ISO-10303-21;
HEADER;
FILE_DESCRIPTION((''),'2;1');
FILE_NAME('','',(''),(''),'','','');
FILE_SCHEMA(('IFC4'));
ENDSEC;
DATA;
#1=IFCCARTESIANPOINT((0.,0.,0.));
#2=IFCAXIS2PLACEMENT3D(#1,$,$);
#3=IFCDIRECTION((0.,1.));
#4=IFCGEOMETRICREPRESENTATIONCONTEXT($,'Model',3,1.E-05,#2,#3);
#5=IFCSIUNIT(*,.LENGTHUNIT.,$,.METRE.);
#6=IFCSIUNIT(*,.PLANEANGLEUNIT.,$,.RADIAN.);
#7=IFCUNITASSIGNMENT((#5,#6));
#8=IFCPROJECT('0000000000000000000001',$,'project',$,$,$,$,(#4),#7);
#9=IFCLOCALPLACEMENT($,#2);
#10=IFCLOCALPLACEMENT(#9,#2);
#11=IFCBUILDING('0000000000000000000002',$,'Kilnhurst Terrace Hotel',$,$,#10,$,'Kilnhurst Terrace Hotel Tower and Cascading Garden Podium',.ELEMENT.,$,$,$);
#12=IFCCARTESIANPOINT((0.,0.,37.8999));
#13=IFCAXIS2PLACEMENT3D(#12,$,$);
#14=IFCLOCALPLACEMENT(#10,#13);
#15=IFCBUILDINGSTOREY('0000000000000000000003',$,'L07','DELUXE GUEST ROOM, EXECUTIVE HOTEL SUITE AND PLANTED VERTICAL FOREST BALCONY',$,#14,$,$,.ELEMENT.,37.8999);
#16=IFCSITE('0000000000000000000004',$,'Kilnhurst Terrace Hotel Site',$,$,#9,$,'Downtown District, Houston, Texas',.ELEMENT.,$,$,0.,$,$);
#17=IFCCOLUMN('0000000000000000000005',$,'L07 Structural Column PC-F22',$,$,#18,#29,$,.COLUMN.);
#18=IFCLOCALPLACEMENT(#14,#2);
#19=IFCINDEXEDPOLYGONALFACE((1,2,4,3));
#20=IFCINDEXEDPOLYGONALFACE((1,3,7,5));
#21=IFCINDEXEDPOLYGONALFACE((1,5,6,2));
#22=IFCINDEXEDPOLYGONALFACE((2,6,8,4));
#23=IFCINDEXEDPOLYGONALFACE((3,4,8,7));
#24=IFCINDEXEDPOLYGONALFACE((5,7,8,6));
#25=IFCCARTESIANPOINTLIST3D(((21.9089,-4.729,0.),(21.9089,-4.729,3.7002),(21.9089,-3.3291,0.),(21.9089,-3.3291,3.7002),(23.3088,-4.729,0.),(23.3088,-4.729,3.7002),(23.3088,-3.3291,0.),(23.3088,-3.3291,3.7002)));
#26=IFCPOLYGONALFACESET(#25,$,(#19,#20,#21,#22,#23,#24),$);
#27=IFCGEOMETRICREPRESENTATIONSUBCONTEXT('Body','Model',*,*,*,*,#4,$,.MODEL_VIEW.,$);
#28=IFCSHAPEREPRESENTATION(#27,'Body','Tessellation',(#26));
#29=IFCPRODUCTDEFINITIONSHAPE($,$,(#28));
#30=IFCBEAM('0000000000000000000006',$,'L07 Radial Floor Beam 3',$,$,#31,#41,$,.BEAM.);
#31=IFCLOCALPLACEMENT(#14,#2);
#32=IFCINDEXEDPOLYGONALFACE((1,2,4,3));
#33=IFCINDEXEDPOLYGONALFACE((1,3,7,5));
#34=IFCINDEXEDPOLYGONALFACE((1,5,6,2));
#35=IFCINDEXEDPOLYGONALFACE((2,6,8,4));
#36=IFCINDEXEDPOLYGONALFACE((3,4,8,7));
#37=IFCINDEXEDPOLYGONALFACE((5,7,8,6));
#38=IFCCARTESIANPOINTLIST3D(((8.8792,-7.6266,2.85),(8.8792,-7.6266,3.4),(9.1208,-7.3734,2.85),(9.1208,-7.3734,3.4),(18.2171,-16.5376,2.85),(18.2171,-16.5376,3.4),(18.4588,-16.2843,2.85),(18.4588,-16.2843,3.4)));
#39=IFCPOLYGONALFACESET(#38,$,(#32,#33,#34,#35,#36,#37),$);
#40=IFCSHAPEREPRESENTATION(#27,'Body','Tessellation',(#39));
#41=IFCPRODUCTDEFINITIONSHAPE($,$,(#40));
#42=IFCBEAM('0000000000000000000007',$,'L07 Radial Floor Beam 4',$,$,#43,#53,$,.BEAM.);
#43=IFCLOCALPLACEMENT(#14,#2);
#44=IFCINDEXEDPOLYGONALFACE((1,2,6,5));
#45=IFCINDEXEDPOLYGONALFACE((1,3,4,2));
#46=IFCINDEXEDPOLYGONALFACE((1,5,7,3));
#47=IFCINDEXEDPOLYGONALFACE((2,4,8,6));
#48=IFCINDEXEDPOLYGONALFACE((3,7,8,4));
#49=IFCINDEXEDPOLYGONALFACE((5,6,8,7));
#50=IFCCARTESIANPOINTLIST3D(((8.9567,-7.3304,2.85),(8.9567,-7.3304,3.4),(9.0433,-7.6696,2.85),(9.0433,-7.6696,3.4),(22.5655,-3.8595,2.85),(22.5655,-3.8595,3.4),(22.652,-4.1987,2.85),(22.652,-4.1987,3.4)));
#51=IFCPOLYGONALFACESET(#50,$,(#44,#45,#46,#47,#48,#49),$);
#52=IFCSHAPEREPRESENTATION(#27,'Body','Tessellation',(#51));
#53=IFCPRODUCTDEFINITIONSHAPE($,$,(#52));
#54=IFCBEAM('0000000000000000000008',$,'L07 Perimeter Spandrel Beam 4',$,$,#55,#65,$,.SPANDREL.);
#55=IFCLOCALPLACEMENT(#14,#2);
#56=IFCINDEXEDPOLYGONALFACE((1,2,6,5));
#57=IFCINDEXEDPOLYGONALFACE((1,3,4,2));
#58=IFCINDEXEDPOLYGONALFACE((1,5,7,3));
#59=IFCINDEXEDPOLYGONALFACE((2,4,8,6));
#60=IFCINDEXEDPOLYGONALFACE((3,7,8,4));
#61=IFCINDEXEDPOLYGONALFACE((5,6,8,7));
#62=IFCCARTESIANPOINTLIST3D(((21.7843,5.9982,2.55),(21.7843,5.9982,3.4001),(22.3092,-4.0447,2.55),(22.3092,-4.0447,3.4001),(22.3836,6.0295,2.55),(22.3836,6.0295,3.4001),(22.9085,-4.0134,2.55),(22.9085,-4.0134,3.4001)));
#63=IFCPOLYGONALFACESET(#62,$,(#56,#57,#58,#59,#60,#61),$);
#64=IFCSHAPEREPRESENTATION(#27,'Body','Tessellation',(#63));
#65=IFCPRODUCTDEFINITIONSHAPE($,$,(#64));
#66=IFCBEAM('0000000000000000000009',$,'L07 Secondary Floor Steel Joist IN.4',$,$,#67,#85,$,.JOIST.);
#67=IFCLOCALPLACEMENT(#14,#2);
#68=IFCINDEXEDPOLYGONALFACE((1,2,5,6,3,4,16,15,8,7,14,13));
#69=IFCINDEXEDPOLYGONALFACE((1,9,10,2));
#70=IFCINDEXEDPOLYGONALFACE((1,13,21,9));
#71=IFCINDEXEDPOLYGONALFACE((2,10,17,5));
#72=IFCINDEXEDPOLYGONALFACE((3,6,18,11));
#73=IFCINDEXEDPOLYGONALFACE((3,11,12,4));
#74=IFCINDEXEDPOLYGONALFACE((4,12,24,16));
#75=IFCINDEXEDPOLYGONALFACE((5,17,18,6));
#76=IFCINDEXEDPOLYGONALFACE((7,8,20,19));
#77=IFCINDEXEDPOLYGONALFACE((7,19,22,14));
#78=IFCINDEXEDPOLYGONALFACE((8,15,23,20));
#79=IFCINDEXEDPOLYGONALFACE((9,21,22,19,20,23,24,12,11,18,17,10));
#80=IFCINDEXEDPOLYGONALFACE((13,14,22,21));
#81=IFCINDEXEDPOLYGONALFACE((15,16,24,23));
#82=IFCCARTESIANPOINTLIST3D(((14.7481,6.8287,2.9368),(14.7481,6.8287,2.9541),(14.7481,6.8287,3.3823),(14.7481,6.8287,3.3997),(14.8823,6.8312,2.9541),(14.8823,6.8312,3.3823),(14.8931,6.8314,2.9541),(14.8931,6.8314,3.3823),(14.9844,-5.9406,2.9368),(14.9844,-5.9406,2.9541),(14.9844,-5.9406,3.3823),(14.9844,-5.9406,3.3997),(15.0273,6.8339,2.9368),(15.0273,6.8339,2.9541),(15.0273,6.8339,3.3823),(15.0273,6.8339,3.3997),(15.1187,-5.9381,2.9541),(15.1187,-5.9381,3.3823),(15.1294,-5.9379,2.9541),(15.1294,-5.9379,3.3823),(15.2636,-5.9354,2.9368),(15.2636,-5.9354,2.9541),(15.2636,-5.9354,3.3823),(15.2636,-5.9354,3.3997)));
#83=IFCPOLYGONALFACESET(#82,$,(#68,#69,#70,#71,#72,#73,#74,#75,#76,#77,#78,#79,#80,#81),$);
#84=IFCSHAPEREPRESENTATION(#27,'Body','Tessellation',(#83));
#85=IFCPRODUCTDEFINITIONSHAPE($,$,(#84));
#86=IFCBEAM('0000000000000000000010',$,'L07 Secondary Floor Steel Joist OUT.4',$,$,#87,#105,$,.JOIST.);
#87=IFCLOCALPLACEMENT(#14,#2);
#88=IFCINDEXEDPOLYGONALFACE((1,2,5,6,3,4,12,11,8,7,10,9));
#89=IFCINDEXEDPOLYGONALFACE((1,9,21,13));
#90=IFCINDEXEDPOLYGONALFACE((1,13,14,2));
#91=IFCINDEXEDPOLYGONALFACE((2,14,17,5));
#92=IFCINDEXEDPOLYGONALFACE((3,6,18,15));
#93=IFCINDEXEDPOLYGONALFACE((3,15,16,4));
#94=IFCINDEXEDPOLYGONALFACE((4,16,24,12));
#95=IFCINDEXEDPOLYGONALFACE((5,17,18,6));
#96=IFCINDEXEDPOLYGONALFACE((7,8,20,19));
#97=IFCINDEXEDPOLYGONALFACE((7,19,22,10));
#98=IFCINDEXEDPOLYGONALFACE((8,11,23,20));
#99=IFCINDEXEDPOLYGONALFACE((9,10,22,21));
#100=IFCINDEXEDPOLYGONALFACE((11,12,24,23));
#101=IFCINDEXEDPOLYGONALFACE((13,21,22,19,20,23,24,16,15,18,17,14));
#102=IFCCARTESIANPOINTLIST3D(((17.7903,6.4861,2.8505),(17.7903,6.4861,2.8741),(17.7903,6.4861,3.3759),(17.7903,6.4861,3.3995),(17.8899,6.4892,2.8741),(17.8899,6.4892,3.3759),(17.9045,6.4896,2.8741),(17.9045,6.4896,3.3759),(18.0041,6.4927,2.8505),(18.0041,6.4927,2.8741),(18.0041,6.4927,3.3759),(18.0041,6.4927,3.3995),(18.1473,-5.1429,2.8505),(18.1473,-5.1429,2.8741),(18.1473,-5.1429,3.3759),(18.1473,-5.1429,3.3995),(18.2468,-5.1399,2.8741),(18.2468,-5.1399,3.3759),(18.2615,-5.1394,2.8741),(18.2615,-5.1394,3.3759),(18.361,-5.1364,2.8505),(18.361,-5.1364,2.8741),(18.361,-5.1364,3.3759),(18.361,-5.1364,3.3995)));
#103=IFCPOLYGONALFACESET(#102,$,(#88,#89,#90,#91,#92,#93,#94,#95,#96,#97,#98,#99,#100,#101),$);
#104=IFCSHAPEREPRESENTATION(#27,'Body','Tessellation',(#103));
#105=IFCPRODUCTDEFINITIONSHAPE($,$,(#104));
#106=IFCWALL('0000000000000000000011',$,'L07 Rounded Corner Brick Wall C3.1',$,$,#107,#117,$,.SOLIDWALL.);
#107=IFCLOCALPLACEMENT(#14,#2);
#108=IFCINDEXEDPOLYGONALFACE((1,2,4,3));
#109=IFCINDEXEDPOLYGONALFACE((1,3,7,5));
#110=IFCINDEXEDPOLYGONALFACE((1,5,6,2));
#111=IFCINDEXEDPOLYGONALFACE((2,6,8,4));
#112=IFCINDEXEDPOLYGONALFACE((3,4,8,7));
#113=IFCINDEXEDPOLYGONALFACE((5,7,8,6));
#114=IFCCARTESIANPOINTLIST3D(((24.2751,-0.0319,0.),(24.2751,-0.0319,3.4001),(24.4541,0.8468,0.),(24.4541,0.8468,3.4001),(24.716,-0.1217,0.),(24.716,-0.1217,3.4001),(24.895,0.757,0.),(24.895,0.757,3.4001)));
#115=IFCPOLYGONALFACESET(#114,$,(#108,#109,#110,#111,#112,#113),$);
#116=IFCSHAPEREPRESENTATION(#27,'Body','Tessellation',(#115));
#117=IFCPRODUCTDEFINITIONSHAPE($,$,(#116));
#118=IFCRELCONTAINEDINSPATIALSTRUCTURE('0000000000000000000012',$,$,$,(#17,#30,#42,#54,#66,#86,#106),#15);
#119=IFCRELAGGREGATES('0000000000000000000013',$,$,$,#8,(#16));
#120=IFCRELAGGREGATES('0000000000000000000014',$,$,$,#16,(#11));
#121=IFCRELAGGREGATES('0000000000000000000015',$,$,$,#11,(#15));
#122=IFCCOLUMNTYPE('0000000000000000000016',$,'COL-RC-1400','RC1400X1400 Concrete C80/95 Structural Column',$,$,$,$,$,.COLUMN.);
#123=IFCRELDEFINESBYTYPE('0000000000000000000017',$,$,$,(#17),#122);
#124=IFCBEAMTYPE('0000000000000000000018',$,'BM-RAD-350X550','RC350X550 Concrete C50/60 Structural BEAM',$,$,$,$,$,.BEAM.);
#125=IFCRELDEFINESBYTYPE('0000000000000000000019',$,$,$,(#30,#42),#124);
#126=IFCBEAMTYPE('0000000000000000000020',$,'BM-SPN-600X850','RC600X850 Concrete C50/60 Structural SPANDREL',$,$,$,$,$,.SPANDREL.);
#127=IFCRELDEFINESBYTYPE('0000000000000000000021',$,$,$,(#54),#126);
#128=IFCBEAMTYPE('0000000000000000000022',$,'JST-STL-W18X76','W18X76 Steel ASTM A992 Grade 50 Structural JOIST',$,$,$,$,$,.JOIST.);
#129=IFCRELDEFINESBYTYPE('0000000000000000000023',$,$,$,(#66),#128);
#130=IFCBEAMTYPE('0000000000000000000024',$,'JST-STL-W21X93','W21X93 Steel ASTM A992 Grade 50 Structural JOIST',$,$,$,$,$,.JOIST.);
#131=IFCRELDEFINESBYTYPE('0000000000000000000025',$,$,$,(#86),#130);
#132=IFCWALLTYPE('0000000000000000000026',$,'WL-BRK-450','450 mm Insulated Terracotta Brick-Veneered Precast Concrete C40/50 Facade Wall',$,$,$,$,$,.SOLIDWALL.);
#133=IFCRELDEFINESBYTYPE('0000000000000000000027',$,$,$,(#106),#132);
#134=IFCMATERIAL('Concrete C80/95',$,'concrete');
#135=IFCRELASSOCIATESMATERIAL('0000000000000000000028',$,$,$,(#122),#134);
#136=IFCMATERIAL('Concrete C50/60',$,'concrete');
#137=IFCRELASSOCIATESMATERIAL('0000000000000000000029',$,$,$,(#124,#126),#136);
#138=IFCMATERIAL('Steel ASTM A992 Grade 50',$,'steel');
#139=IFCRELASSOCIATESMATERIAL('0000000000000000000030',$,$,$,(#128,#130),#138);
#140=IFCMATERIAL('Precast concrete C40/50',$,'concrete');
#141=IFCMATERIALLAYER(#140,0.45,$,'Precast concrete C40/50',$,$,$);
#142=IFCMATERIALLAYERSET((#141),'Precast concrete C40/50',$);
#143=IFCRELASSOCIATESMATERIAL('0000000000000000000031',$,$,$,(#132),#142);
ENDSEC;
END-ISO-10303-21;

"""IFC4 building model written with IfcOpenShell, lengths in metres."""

from ifc_helpers import new_model, si_unit, direction, frame, frame_2d, origin, origin_2d, place, context, subcontext, project, spatial, rectangle, i_section, extrude, material, layer, layer_set, material_profile, profile_set, type_object, element, save


model = new_model("IFC4")

# Units and contexts
model_context = context("Model", 3, precision=1e-05, world=origin(), true_north=direction((0.0, 1.0)))
body_context = subcontext(model_context, "Body", "Model", "MODEL_VIEW")
ifc_project = project(units=[si_unit("LENGTHUNIT", "METRE"), si_unit("PLANEANGLEUNIT", "RADIAN")], contexts=[model_context])

# Site, building, storey
site_placement = place(None, origin())
site = spatial("IfcSite", under=ifc_project, at=site_placement, Name="Kilnhurst Terrace Hotel Site", LongName="Downtown District, Houston, Texas", CompositionType="ELEMENT", RefElevation=0.0)
building_placement = place(site_placement, origin())
building = spatial("IfcBuilding", under=site, at=building_placement, Name="Kilnhurst Terrace Hotel", LongName="Kilnhurst Terrace Hotel Tower and Cascading Garden Podium", CompositionType="ELEMENT")
storey_placement = place(building_placement, frame((0.0, 0.0, 37.8999)))
storey = spatial("IfcBuildingStorey", under=building, at=storey_placement, Name="L07", Description="DELUXE GUEST ROOM, EXECUTIVE HOTEL SUITE AND PLANTED VERTICAL FOREST BALCONY", CompositionType="ELEMENT", Elevation=37.8999)

# Column
ifc_material_1 = material(Name="Concrete C80/95", Category="concrete")
ifc_material_profile_1 = material_profile(ifc_material_1, rectangle(XDim=1.3999, YDim=1.3999, at=origin_2d()), Name="RC1400X1400")
ifc_profile_set_1 = profile_set([ifc_material_profile_1], Name="Concrete C80/95")
column_type = type_object("IfcColumnType", Name="COL-RC-1400", Description="RC1400X1400 Concrete C80/95 Structural Column", PredefinedType="COLUMN", material=ifc_profile_set_1)
column_placement = place(storey_placement, frame((22.6089, -4.0291, 0.0), z_axis=(0.0, 0.0, 1.0), x_axis=(1.0, 0.0, 0.0)))
element("IfcColumn", 1, at=column_placement, inside=storey, type_object=column_type, Name="L07 Structural Column PC-F22", PredefinedType="COLUMN", context=body_context, shape_type="SweptSolid", body=[
    extrude(rectangle(XDim=1.3999, YDim=1.3999, at=origin_2d()), origin(), (0.0, 0.0, 1.0), 3.7002),
])

# Beams
ifc_material_2 = material(Name="Concrete C50/60", Category="concrete")
ifc_material_profile_2 = material_profile(ifc_material_2, rectangle(XDim=0.3501, YDim=0.55, at=origin_2d()), Name="RC350X550")
ifc_profile_set_2 = profile_set([ifc_material_profile_2], Name="Concrete C50/60")
beam_type_1 = type_object("IfcBeamType", Name="BM-RAD-350X550", Description="RC350X550 Concrete C50/60 Structural BEAM", PredefinedType="BEAM", material=ifc_profile_set_2)
beam_1_placement = place(storey_placement, frame((9.0, -7.5, 3.125), z_axis=(0.723454, -0.690372, 0.0), x_axis=(0.690372, 0.723454, 0.0)))
element("IfcBeam", 2, at=beam_1_placement, inside=storey, type_object=beam_type_1, Name="L07 Radial Floor Beam 3", PredefinedType="BEAM", context=body_context, shape_type="SweptSolid", body=[
    extrude(rectangle(XDim=0.3501, YDim=0.55, at=origin_2d()), origin(), (0.0, 0.0, 1.0), 12.9075),
])
beam_2_placement = place(storey_placement, frame((9.0, -7.5, 3.125), z_axis=(0.96898, 0.247138, 0.0), x_axis=(-0.247138, 0.96898, 0.0)))
element("IfcBeam", 3, at=beam_2_placement, inside=storey, type_object=beam_type_1, Name="L07 Radial Floor Beam 4", PredefinedType="BEAM", context=body_context, shape_type="SweptSolid", body=[
    extrude(rectangle(XDim=0.3501, YDim=0.55, at=origin_2d()), origin(), (0.0, 0.0, 1.0), 14.0444),
])
ifc_material_profile_3 = material_profile(ifc_material_2, rectangle(XDim=0.6001, YDim=0.8501, at=origin_2d()), Name="RC600X850")
ifc_profile_set_3 = profile_set([ifc_material_profile_3], Name="Concrete C50/60")
beam_type_2 = type_object("IfcBeamType", Name="BM-SPN-600X850", Description="RC600X850 Concrete C50/60 Structural SPANDREL", PredefinedType="SPANDREL", material=ifc_profile_set_3)
beam_3_placement = place(storey_placement, frame((22.6089, -4.0291, 2.9751), z_axis=(-0.052194, 0.998637, 0.0), x_axis=(-0.998637, -0.052194, 0.0)))
element("IfcBeam", 4, at=beam_3_placement, inside=storey, type_object=beam_type_2, Name="L07 Perimeter Spandrel Beam 4", PredefinedType="SPANDREL", context=body_context, shape_type="SweptSolid", body=[
    extrude(rectangle(XDim=0.6001, YDim=0.8501, at=origin_2d()), origin(), (0.0, 0.0, 1.0), 10.0566),
])
ifc_material_3 = material(Name="Steel ASTM A992 Grade 50", Category="steel")
ifc_material_profile_4 = material_profile(ifc_material_3, i_section(OverallWidth=0.2793, OverallDepth=0.4629, WebThickness=0.0107, FlangeThickness=0.0173, at=origin_2d()), Name="W18X76")
ifc_profile_set_4 = profile_set([ifc_material_profile_4], Name="Steel ASTM A992 Grade 50")
beam_type_3 = type_object("IfcBeamType", Name="JST-STL-W18X76", Description="W18X76 Steel ASTM A992 Grade 50 Structural JOIST", PredefinedType="JOIST", material=ifc_profile_set_4)
beam_4_placement = place(storey_placement, frame((15.124, -5.938, 3.1682), z_axis=(-0.018504, 0.999829, 0.0), x_axis=(-0.999829, -0.018504, 0.0)))
element("IfcBeam", 5, at=beam_4_placement, inside=storey, type_object=beam_type_3, Name="L07 Secondary Floor Steel Joist IN.4", PredefinedType="JOIST", context=body_context, shape_type="SweptSolid", body=[
    extrude(i_section(OverallWidth=0.2793, OverallDepth=0.4629, WebThickness=0.0107, FlangeThickness=0.0173, at=origin_2d()), origin(), (0.0, 0.0, 1.0), 12.7715),
])
ifc_material_profile_5 = material_profile(ifc_material_3, i_section(OverallWidth=0.2139, OverallDepth=0.5491, WebThickness=0.0146, FlangeThickness=0.0237, at=origin_2d()), Name="W21X93")
ifc_profile_set_5 = profile_set([ifc_material_profile_5], Name="Steel ASTM A992 Grade 50")
beam_type_4 = type_object("IfcBeamType", Name="JST-STL-W21X93", Description="W21X93 Steel ASTM A992 Grade 50 Structural JOIST", PredefinedType="JOIST", material=ifc_profile_set_5)
beam_5_placement = place(storey_placement, frame((18.2542, -5.1396, 3.125), z_axis=(-0.030679, 0.999529, 0.0), x_axis=(-0.999529, -0.030679, 0.0)))
element("IfcBeam", 6, at=beam_5_placement, inside=storey, type_object=beam_type_4, Name="L07 Secondary Floor Steel Joist OUT.4", PredefinedType="JOIST", context=body_context, shape_type="SweptSolid", body=[
    extrude(i_section(OverallWidth=0.2139, OverallDepth=0.5491, WebThickness=0.0146, FlangeThickness=0.0237, at=origin_2d()), origin(), (0.0, 0.0, 1.0), 11.6345),
])

# Wall
ifc_material_4 = material(Name="Precast concrete C40/50", Category="concrete")
ifc_layer_1 = layer(ifc_material_4, 0.45, Name="Precast concrete C40/50")
ifc_layer_set_1 = layer_set([ifc_layer_1], Name="Precast concrete C40/50")
wall_type_1 = type_object("IfcWallType", Name="WL-BRK-450", Description="450 mm Insulated Terracotta Brick-Veneered Precast Concrete C40/50 Facade Wall", PredefinedType="SOLIDWALL", material=ifc_layer_set_1)
wall_1_placement = place(storey_placement, frame((24.4956, -0.0767, 0.0), z_axis=(0.0, 0.0, 1.0), x_axis=(0.199571, 0.979883, 0.0)))
element("IfcWall", 7, at=wall_1_placement, inside=storey, type_object=wall_type_1, Name="L07 Rounded Corner Brick Wall C3.1", PredefinedType="SOLIDWALL", context=body_context, shape_type="SweptSolid", body=[
    extrude(rectangle(XDim=0.8967, YDim=0.45, at=frame_2d((0.4482, 0.0))), origin(), (0.0, 0.0, 1.0), 3.4001),
])

save(model, "model.ifc")
